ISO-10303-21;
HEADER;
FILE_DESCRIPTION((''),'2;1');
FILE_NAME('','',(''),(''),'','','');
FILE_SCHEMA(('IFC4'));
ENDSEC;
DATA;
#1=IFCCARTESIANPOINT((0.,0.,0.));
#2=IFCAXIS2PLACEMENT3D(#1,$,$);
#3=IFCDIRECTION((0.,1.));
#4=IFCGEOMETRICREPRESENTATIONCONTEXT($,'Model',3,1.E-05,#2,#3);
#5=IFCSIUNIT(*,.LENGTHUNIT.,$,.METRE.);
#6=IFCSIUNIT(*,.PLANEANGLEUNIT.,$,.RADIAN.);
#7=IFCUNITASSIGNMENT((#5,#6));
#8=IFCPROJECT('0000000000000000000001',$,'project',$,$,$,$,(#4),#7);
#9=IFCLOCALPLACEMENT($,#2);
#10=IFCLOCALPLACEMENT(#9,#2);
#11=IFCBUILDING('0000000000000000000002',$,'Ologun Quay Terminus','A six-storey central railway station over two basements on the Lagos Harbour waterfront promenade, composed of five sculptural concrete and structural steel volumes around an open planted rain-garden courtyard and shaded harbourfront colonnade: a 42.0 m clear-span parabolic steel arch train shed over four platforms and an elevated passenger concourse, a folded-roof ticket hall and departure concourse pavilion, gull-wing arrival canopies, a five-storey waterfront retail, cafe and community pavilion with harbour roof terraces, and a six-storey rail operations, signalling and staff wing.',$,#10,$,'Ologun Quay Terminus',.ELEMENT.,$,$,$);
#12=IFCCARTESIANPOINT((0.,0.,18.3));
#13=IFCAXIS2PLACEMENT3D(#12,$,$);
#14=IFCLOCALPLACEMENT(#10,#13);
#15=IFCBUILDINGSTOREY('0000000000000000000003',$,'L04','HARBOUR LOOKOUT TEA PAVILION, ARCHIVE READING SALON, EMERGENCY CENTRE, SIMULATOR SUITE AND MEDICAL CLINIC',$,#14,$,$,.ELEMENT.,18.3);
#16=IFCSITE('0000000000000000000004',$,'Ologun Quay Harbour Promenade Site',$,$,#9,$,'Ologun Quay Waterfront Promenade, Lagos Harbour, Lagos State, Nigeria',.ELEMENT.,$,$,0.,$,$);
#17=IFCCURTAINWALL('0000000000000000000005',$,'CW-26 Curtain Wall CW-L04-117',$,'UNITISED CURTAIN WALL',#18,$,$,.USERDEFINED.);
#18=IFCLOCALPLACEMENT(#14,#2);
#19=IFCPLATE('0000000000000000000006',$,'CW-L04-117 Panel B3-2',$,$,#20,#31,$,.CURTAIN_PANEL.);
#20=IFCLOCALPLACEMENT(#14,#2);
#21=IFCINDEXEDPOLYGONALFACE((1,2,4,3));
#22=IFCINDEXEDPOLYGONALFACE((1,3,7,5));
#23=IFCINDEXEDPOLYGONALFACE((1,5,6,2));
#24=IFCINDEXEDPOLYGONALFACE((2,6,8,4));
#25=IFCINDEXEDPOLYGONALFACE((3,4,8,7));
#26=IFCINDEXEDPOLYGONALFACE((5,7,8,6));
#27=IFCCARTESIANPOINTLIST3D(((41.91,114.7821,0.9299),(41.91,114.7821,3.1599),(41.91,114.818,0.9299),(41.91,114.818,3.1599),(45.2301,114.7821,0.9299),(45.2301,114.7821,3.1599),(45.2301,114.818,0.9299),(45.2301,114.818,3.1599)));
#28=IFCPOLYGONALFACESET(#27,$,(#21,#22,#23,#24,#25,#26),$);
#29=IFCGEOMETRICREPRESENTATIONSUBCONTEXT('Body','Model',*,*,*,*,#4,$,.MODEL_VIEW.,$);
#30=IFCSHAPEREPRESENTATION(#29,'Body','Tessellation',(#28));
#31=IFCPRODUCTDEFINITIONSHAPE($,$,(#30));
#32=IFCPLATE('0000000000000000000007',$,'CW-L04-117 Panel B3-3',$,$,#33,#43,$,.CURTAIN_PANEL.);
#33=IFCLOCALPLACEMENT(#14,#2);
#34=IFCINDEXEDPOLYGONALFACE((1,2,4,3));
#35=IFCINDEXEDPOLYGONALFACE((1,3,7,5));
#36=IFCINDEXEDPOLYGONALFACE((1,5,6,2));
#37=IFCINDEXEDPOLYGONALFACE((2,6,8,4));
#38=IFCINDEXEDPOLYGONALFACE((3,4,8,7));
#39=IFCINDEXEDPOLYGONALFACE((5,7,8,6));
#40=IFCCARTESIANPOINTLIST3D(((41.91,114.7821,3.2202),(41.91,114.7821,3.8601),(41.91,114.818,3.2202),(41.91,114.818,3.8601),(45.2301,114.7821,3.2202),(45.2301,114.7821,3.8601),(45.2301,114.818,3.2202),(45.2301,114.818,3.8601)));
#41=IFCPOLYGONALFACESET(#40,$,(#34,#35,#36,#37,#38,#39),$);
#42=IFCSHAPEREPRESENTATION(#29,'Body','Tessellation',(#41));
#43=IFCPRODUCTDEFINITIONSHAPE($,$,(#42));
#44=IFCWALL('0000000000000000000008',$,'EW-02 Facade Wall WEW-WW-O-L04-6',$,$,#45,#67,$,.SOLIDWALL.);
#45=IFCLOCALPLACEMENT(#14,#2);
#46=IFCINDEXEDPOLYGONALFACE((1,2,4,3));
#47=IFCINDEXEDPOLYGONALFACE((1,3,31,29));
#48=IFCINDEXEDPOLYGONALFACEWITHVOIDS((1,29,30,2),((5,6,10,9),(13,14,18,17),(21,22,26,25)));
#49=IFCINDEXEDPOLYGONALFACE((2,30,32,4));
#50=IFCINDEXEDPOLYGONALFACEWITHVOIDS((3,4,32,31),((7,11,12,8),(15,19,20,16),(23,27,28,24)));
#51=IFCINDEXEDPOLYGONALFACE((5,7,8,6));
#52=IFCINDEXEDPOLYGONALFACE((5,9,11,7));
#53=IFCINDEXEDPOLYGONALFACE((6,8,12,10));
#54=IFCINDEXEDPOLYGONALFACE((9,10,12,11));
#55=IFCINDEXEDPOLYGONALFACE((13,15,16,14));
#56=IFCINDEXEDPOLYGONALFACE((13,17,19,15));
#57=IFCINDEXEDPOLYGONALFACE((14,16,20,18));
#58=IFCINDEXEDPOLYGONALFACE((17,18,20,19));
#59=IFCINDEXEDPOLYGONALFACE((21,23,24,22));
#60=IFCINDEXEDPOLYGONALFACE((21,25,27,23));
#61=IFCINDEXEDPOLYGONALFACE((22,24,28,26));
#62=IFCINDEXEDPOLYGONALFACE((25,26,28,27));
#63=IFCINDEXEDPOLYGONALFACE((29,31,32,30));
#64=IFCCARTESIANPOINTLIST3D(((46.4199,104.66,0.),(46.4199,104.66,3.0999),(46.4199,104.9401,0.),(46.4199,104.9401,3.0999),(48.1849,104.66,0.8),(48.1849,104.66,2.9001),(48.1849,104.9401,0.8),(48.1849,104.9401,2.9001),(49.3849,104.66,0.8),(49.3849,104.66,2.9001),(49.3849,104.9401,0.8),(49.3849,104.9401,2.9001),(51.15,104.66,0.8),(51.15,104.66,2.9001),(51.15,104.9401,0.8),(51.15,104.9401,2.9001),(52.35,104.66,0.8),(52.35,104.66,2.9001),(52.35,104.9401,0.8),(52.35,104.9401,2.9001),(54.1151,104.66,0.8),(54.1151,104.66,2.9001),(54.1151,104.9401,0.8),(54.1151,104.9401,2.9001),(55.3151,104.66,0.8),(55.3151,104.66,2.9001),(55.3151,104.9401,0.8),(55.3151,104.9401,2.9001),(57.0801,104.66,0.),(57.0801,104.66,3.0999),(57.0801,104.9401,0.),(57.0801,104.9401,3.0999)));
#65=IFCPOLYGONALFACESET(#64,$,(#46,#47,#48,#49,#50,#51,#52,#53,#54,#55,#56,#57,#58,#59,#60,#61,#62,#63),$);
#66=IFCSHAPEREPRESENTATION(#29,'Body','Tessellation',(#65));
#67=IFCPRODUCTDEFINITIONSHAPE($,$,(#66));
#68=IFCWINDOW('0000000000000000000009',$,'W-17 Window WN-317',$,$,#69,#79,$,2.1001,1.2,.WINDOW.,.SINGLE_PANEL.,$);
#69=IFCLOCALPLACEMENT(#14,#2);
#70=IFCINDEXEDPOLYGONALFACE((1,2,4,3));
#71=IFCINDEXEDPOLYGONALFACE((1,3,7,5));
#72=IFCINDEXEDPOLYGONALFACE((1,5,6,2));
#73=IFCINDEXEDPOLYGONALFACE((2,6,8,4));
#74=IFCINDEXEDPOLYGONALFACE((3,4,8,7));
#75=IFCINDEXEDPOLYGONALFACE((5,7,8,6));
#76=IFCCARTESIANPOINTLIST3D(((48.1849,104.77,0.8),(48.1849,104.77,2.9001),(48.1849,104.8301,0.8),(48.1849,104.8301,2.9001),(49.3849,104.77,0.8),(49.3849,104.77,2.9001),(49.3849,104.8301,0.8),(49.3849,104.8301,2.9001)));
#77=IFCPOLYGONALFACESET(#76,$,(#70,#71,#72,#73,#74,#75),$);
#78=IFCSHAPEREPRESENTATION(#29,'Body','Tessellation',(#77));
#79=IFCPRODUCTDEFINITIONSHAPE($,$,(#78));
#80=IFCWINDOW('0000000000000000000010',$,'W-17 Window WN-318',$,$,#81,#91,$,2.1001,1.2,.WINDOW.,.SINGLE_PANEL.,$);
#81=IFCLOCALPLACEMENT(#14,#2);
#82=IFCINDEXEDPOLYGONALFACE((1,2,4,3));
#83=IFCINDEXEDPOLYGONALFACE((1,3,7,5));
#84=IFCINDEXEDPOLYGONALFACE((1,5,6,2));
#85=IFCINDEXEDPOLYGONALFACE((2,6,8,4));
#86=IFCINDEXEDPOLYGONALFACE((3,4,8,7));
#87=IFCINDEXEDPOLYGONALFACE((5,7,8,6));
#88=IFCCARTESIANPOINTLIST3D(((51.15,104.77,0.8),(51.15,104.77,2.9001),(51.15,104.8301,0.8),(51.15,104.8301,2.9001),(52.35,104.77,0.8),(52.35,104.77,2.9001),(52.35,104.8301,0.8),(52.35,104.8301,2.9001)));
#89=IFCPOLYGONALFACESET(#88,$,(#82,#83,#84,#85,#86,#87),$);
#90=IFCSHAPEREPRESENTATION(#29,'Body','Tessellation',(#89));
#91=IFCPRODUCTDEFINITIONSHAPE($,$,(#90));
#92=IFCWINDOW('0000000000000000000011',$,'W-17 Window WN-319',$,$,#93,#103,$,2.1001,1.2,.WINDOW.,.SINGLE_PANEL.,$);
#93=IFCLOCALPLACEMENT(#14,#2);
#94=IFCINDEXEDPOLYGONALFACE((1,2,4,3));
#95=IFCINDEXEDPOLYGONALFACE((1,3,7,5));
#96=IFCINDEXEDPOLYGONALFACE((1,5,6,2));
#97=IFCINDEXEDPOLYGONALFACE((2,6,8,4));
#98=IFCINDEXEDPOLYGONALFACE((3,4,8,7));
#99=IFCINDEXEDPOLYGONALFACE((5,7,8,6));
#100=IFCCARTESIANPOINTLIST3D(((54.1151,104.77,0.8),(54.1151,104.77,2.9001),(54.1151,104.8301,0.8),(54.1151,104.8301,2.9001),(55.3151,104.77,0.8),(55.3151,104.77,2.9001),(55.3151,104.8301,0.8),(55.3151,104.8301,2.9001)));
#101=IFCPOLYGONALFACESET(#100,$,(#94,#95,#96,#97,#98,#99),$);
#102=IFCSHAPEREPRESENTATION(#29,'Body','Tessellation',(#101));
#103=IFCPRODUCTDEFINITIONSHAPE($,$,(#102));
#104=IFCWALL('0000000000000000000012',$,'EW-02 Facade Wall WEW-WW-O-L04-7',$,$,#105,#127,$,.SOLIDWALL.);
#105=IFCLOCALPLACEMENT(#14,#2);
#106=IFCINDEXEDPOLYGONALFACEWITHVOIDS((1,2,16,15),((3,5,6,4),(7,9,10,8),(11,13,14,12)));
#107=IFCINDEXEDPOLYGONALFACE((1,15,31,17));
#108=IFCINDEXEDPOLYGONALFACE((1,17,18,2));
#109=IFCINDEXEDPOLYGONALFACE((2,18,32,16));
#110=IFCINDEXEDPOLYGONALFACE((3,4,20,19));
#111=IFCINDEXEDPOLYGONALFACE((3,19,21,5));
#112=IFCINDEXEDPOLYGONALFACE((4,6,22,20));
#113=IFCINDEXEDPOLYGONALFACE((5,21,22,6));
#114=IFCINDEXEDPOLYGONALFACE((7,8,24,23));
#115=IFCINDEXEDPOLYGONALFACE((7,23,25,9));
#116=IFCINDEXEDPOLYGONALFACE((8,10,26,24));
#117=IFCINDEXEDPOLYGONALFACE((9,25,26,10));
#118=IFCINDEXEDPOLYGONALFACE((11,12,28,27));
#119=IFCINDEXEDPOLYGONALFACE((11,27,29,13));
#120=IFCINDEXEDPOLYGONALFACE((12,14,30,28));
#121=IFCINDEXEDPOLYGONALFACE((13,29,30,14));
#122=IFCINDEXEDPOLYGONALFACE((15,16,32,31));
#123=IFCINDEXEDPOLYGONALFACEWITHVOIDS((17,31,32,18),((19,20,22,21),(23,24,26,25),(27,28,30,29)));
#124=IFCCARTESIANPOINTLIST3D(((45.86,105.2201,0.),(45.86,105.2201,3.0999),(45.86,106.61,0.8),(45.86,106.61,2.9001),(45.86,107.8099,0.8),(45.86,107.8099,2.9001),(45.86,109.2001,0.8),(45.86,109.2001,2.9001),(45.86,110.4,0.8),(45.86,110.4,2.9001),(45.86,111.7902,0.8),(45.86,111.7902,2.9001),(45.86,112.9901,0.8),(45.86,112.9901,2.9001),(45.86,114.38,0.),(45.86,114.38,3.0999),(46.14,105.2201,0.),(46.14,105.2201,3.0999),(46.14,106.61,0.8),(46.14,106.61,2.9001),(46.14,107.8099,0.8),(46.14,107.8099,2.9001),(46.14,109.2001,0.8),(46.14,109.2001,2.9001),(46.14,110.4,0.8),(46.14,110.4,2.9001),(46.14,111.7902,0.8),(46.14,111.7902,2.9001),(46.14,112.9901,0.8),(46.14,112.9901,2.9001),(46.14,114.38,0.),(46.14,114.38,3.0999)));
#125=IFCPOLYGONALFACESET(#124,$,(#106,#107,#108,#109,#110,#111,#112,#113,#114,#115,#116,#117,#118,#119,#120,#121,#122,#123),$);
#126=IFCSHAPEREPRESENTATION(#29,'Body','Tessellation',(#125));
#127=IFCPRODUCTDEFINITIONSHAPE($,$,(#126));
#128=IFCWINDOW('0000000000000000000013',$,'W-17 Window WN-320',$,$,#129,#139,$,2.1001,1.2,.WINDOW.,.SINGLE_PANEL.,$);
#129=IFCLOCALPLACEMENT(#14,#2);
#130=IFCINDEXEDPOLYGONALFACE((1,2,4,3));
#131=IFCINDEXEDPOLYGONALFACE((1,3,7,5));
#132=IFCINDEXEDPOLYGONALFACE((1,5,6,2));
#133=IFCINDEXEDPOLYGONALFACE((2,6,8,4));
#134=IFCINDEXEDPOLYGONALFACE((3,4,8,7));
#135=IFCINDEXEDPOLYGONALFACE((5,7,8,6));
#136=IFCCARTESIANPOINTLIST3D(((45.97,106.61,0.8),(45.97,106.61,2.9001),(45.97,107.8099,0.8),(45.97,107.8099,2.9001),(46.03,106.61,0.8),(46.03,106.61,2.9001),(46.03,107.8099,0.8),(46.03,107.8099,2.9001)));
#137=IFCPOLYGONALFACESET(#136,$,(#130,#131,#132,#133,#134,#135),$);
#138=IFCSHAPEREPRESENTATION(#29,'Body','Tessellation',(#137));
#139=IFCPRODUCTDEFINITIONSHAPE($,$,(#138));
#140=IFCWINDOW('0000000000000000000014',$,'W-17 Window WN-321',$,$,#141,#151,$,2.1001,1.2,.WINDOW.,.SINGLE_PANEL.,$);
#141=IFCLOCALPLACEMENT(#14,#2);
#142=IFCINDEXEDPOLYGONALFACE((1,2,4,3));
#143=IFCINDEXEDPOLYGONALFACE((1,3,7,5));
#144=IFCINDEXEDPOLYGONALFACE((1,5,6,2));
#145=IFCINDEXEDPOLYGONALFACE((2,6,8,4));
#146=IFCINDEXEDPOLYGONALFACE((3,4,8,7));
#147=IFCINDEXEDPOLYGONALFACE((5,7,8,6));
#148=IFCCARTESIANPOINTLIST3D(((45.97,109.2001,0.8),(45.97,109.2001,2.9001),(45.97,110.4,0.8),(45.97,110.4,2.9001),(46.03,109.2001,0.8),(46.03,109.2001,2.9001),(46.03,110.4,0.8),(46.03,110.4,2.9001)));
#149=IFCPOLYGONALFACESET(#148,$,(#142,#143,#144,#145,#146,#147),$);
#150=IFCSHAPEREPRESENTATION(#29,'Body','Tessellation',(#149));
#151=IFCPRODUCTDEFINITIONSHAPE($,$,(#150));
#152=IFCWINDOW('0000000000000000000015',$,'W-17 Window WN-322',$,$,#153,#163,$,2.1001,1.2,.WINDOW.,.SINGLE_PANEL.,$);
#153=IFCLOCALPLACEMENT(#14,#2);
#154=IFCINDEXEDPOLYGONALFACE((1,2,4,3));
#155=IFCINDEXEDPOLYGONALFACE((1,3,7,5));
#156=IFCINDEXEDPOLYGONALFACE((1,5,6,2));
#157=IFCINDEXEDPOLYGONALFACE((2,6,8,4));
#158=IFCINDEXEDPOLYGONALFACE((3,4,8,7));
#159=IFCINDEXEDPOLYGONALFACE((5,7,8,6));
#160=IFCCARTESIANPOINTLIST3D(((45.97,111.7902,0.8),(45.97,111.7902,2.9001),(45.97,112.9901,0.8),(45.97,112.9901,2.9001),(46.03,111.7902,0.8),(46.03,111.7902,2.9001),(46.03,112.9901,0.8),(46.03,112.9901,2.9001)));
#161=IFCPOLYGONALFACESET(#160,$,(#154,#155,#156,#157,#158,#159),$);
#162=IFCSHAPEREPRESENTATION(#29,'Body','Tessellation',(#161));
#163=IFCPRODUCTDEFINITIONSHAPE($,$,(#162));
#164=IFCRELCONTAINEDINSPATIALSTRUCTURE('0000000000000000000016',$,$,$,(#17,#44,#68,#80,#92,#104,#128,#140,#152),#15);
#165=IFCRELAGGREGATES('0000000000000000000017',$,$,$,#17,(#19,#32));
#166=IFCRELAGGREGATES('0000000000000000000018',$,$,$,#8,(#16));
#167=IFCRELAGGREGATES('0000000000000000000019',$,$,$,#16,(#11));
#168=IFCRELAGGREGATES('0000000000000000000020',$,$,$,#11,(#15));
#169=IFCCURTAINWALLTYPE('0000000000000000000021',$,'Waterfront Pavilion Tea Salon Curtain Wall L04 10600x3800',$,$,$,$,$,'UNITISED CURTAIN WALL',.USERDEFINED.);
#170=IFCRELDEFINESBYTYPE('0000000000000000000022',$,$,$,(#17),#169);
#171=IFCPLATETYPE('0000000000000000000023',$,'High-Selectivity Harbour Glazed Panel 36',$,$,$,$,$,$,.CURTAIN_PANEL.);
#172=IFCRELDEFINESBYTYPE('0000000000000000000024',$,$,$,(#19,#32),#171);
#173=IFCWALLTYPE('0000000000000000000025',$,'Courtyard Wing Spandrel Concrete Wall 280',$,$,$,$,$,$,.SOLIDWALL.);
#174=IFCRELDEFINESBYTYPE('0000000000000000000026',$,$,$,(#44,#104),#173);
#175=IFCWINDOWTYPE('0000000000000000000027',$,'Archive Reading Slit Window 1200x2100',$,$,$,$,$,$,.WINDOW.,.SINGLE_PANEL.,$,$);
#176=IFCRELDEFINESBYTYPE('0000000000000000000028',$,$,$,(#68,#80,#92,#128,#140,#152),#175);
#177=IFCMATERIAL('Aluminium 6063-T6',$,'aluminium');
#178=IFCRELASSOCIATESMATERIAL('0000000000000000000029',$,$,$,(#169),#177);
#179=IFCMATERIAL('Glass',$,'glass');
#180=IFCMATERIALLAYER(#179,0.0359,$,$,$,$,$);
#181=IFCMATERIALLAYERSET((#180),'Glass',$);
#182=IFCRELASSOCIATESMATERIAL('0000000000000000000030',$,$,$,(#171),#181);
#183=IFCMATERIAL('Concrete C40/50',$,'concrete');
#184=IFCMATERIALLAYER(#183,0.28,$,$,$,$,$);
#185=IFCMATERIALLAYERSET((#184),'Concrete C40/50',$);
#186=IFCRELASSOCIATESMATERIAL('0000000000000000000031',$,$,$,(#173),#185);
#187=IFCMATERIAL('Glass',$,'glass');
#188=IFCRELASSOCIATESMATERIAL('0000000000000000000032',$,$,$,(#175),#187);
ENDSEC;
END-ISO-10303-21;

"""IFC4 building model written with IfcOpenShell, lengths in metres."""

from ifc_helpers import new_model, si_unit, direction, frame, frame_2d, origin, origin_2d, place, context, subcontext, project, spatial, rectangle, extrude, material, layer, layer_set, type_object, element, fill, aggregate, save


model = new_model("IFC4")

# Units and contexts
model_context = context("Model", 3, precision=1e-05, world=origin(), true_north=direction((0.0, 1.0)))
body_context = subcontext(model_context, "Body", "Model", "MODEL_VIEW")
ifc_project = project(units=[si_unit("LENGTHUNIT", "METRE"), si_unit("PLANEANGLEUNIT", "RADIAN")], contexts=[model_context])

# Site, building, storey
site_placement = place(None, origin())
site = spatial("IfcSite", under=ifc_project, at=site_placement, Name="Ologun Quay Harbour Promenade Site", LongName="Ologun Quay Waterfront Promenade, Lagos Harbour, Lagos State, Nigeria", CompositionType="ELEMENT", RefElevation=0.0)
building_placement = place(site_placement, origin())
building = spatial("IfcBuilding", under=site, at=building_placement, Name="Ologun Quay Terminus", Description="A six-storey central railway station over two basements on the Lagos Harbour waterfront promenade, composed of five sculptural concrete and structural steel volumes around an open planted rain-garden courtyard and shaded harbourfront colonnade: a 42.0 m clear-span parabolic steel arch train shed over four platforms and an elevated passenger concourse, a folded-roof ticket hall and departure concourse pavilion, gull-wing arrival canopies, a five-storey waterfront retail, cafe and community pavilion with harbour roof terraces, and a six-storey rail operations, signalling and staff wing.", LongName="Ologun Quay Terminus", CompositionType="ELEMENT")
storey_placement = place(building_placement, frame((0.0, 0.0, 18.3)))
storey = spatial("IfcBuildingStorey", under=building, at=storey_placement, Name="L04", Description="HARBOUR LOOKOUT TEA PAVILION, ARCHIVE READING SALON, EMERGENCY CENTRE, SIMULATOR SUITE AND MEDICAL CLINIC", CompositionType="ELEMENT", Elevation=18.3)

# Curtain wall, plates
ifc_material_1 = material(Name="Aluminium 6063-T6", Category="aluminium")
curtain_wall_type = type_object("IfcCurtainWallType", Name="Waterfront Pavilion Tea Salon Curtain Wall L04 10600x3800", ElementType="UNITISED CURTAIN WALL", PredefinedType="USERDEFINED", material=ifc_material_1)
curtain_wall_placement = place(storey_placement, origin())
curtain_wall = element("IfcCurtainWall", 1, at=curtain_wall_placement, inside=storey, type_object=curtain_wall_type, Name="CW-26 Curtain Wall CW-L04-117", ObjectType="UNITISED CURTAIN WALL", PredefinedType="USERDEFINED")
ifc_material_2 = material(Name="Glass", Category="glass")
ifc_layer_1 = layer(ifc_material_2, 0.0359)
ifc_layer_set_1 = layer_set([ifc_layer_1], Name="Glass")
plate_type_1 = type_object("IfcPlateType", Name="High-Selectivity Harbour Glazed Panel 36", PredefinedType="CURTAIN_PANEL", material=ifc_layer_set_1)
plate_1_placement = place(storey_placement, frame((43.5701, 114.8, 0.9299), z_axis=(0.0, 0.0, 1.0), x_axis=(1.0, 0.0, 0.0)))
plate_1 = element("IfcPlate", 2, at=plate_1_placement, type_object=plate_type_1, Name="CW-L04-117 Panel B3-2", PredefinedType="CURTAIN_PANEL", context=body_context, shape_type="SweptSolid", body=[
    extrude(rectangle(XDim=3.3201, YDim=0.0359, at=origin_2d()), origin(), (0.0, 0.0, 1.0), 2.23),
])
plate_2_placement = place(storey_placement, frame((43.5701, 114.8, 3.2202), z_axis=(0.0, 0.0, 1.0), x_axis=(1.0, 0.0, 0.0)))
plate_2 = element("IfcPlate", 3, at=plate_2_placement, type_object=plate_type_1, Name="CW-L04-117 Panel B3-3", PredefinedType="CURTAIN_PANEL", context=body_context, shape_type="SweptSolid", body=[
    extrude(rectangle(XDim=3.3201, YDim=0.0359, at=origin_2d()), origin(), (0.0, 0.0, 1.0), 0.6399),
])
aggregate(curtain_wall, [plate_1, plate_2])

# Walls, openings, windows
ifc_material_3 = material(Name="Concrete C40/50", Category="concrete")
ifc_layer_2 = layer(ifc_material_3, 0.28)
ifc_layer_set_2 = layer_set([ifc_layer_2], Name="Concrete C40/50")
wall_type_1 = type_object("IfcWallType", Name="Courtyard Wing Spandrel Concrete Wall 280", PredefinedType="SOLIDWALL", material=ifc_layer_set_2)
wall_1_placement = place(storey_placement, frame((46.4199, 104.8, 0.0), z_axis=(0.0, 0.0, 1.0), x_axis=(1.0, 0.0, 0.0)))
wall_1 = element("IfcWall", 4, at=wall_1_placement, inside=storey, type_object=wall_type_1, Name="EW-02 Facade Wall WEW-WW-O-L04-6", PredefinedType="SOLIDWALL", context=body_context, shape_type="SweptSolid", body=[
    extrude(rectangle(XDim=10.6602, YDim=0.28, at=frame_2d((5.3301, 0.0))), origin(), (0.0, 0.0, 1.0), 3.0999),
])
opening_1_placement = place(wall_1_placement, frame((1.7649, 0.0, 0.8)))
opening_1 = element("IfcOpeningElement", 5, at=opening_1_placement, cuts=wall_1, PredefinedType="OPENING", context=body_context, shape_type="SweptSolid", body=[
    extrude(rectangle(XDim=1.2, YDim=2.1001, at=frame_2d((0.6001, 1.05))), frame((0.0, 0.1499, 0.0), z_axis=(0.0, -1.0, 0.0), x_axis=(1.0, 0.0, 0.0)), (0.0, 0.0, 1.0), 0.3),
])
opening_2_placement = place(wall_1_placement, frame((4.73, 0.0, 0.8)))
opening_2 = element("IfcOpeningElement", 6, at=opening_2_placement, cuts=wall_1, PredefinedType="OPENING", context=body_context, shape_type="SweptSolid", body=[
    extrude(rectangle(XDim=1.2, YDim=2.1001, at=frame_2d((0.6001, 1.05))), frame((0.0, 0.1499, 0.0), z_axis=(0.0, -1.0, 0.0), x_axis=(1.0, 0.0, 0.0)), (0.0, 0.0, 1.0), 0.3),
])
opening_3_placement = place(wall_1_placement, frame((7.6951, 0.0, 0.8)))
opening_3 = element("IfcOpeningElement", 7, at=opening_3_placement, cuts=wall_1, PredefinedType="OPENING", context=body_context, shape_type="SweptSolid", body=[
    extrude(rectangle(XDim=1.2, YDim=2.1001, at=frame_2d((0.6001, 1.05))), frame((0.0, 0.1499, 0.0), z_axis=(0.0, -1.0, 0.0), x_axis=(1.0, 0.0, 0.0)), (0.0, 0.0, 1.0), 0.3),
])
ifc_material_4 = material(Name="Glass", Category="glass")
window_type = type_object("IfcWindowType", Name="Archive Reading Slit Window 1200x2100", PartitioningType="SINGLE_PANEL", PredefinedType="WINDOW", material=ifc_material_4)
window_1_placement = place(opening_1_placement, origin())
window_1 = element("IfcWindow", 8, at=window_1_placement, inside=storey, type_object=window_type, Name="W-17 Window WN-317", OverallHeight=2.1001, OverallWidth=1.2, PartitioningType="SINGLE_PANEL", PredefinedType="WINDOW", context=body_context, shape_type="SweptSolid", body=[
    extrude(rectangle(XDim=1.2, YDim=2.1001, at=frame_2d((0.6001, 1.05))), frame((0.0, 0.03, 0.0), z_axis=(0.0, -1.0, 0.0), x_axis=(1.0, 0.0, 0.0)), (0.0, 0.0, 1.0), 0.0601),
])
fill(opening_1, window_1)
window_2_placement = place(opening_2_placement, origin())
window_2 = element("IfcWindow", 9, at=window_2_placement, inside=storey, type_object=window_type, Name="W-17 Window WN-318", OverallHeight=2.1001, OverallWidth=1.2, PartitioningType="SINGLE_PANEL", PredefinedType="WINDOW", context=body_context, shape_type="SweptSolid", body=[
    extrude(rectangle(XDim=1.2, YDim=2.1001, at=frame_2d((0.6001, 1.05))), frame((0.0, 0.03, 0.0), z_axis=(0.0, -1.0, 0.0), x_axis=(1.0, 0.0, 0.0)), (0.0, 0.0, 1.0), 0.0601),
])
fill(opening_2, window_2)
window_3_placement = place(opening_3_placement, origin())
window_3 = element("IfcWindow", 10, at=window_3_placement, inside=storey, type_object=window_type, Name="W-17 Window WN-319", OverallHeight=2.1001, OverallWidth=1.2, PartitioningType="SINGLE_PANEL", PredefinedType="WINDOW", context=body_context, shape_type="SweptSolid", body=[
    extrude(rectangle(XDim=1.2, YDim=2.1001, at=frame_2d((0.6001, 1.05))), frame((0.0, 0.03, 0.0), z_axis=(0.0, -1.0, 0.0), x_axis=(1.0, 0.0, 0.0)), (0.0, 0.0, 1.0), 0.0601),
])
fill(opening_3, window_3)
wall_2_placement = place(storey_placement, frame((46.0, 105.22, 0.0), z_axis=(0.0, 0.0, 1.0), x_axis=(0.0, 1.0, 0.0)))
wall_2 = element("IfcWall", 11, at=wall_2_placement, inside=storey, type_object=wall_type_1, Name="EW-02 Facade Wall WEW-WW-O-L04-7", PredefinedType="SOLIDWALL", context=body_context, shape_type="SweptSolid", body=[
    extrude(rectangle(XDim=9.1599, YDim=0.28, at=frame_2d((4.5801, 0.0))), origin(), (0.0, 0.0, 1.0), 3.0999),
])
opening_4_placement = place(wall_2_placement, frame((1.3899, 0.0, 0.8)))
opening_4 = element("IfcOpeningElement", 12, at=opening_4_placement, cuts=wall_2, PredefinedType="OPENING", context=body_context, shape_type="SweptSolid", body=[
    extrude(rectangle(XDim=1.2, YDim=2.1001, at=frame_2d((0.6001, 1.05))), frame((0.0, 0.1499, 0.0), z_axis=(0.0, -1.0, 0.0), x_axis=(1.0, 0.0, 0.0)), (0.0, 0.0, 1.0), 0.3),
])
opening_5_placement = place(wall_2_placement, frame((3.98, 0.0, 0.8)))
opening_5 = element("IfcOpeningElement", 13, at=opening_5_placement, cuts=wall_2, PredefinedType="OPENING", context=body_context, shape_type="SweptSolid", body=[
    extrude(rectangle(XDim=1.2, YDim=2.1001, at=frame_2d((0.6001, 1.05))), frame((0.0, 0.1499, 0.0), z_axis=(0.0, -1.0, 0.0), x_axis=(1.0, 0.0, 0.0)), (0.0, 0.0, 1.0), 0.3),
])
opening_6_placement = place(wall_2_placement, frame((6.5701, 0.0, 0.8)))
opening_6 = element("IfcOpeningElement", 14, at=opening_6_placement, cuts=wall_2, PredefinedType="OPENING", context=body_context, shape_type="SweptSolid", body=[
    extrude(rectangle(XDim=1.2, YDim=2.1001, at=frame_2d((0.6001, 1.05))), frame((0.0, 0.1499, 0.0), z_axis=(0.0, -1.0, 0.0), x_axis=(1.0, 0.0, 0.0)), (0.0, 0.0, 1.0), 0.3),
])
window_4_placement = place(opening_4_placement, origin())
window_4 = element("IfcWindow", 15, at=window_4_placement, inside=storey, type_object=window_type, Name="W-17 Window WN-320", OverallHeight=2.1001, OverallWidth=1.2, PartitioningType="SINGLE_PANEL", PredefinedType="WINDOW", context=body_context, shape_type="SweptSolid", body=[
    extrude(rectangle(XDim=1.2, YDim=2.1001, at=frame_2d((0.6001, 1.05))), frame((0.0, 0.03, 0.0), z_axis=(0.0, -1.0, 0.0), x_axis=(1.0, 0.0, 0.0)), (0.0, 0.0, 1.0), 0.0601),
])
fill(opening_4, window_4)
window_5_placement = place(opening_5_placement, origin())
window_5 = element("IfcWindow", 16, at=window_5_placement, inside=storey, type_object=window_type, Name="W-17 Window WN-321", OverallHeight=2.1001, OverallWidth=1.2, PartitioningType="SINGLE_PANEL", PredefinedType="WINDOW", context=body_context, shape_type="SweptSolid", body=[
    extrude(rectangle(XDim=1.2, YDim=2.1001, at=frame_2d((0.6001, 1.05))), frame((0.0, 0.03, 0.0), z_axis=(0.0, -1.0, 0.0), x_axis=(1.0, 0.0, 0.0)), (0.0, 0.0, 1.0), 0.0601),
])
fill(opening_5, window_5)
window_6_placement = place(opening_6_placement, origin())
window_6 = element("IfcWindow", 17, at=window_6_placement, inside=storey, type_object=window_type, Name="W-17 Window WN-322", OverallHeight=2.1001, OverallWidth=1.2, PartitioningType="SINGLE_PANEL", PredefinedType="WINDOW", context=body_context, shape_type="SweptSolid", body=[
    extrude(rectangle(XDim=1.2, YDim=2.1001, at=frame_2d((0.6001, 1.05))), frame((0.0, 0.03, 0.0), z_axis=(0.0, -1.0, 0.0), x_axis=(1.0, 0.0, 0.0)), (0.0, 0.0, 1.0), 0.0601),
])
fill(opening_6, window_6)

save(model, "model.ifc")
